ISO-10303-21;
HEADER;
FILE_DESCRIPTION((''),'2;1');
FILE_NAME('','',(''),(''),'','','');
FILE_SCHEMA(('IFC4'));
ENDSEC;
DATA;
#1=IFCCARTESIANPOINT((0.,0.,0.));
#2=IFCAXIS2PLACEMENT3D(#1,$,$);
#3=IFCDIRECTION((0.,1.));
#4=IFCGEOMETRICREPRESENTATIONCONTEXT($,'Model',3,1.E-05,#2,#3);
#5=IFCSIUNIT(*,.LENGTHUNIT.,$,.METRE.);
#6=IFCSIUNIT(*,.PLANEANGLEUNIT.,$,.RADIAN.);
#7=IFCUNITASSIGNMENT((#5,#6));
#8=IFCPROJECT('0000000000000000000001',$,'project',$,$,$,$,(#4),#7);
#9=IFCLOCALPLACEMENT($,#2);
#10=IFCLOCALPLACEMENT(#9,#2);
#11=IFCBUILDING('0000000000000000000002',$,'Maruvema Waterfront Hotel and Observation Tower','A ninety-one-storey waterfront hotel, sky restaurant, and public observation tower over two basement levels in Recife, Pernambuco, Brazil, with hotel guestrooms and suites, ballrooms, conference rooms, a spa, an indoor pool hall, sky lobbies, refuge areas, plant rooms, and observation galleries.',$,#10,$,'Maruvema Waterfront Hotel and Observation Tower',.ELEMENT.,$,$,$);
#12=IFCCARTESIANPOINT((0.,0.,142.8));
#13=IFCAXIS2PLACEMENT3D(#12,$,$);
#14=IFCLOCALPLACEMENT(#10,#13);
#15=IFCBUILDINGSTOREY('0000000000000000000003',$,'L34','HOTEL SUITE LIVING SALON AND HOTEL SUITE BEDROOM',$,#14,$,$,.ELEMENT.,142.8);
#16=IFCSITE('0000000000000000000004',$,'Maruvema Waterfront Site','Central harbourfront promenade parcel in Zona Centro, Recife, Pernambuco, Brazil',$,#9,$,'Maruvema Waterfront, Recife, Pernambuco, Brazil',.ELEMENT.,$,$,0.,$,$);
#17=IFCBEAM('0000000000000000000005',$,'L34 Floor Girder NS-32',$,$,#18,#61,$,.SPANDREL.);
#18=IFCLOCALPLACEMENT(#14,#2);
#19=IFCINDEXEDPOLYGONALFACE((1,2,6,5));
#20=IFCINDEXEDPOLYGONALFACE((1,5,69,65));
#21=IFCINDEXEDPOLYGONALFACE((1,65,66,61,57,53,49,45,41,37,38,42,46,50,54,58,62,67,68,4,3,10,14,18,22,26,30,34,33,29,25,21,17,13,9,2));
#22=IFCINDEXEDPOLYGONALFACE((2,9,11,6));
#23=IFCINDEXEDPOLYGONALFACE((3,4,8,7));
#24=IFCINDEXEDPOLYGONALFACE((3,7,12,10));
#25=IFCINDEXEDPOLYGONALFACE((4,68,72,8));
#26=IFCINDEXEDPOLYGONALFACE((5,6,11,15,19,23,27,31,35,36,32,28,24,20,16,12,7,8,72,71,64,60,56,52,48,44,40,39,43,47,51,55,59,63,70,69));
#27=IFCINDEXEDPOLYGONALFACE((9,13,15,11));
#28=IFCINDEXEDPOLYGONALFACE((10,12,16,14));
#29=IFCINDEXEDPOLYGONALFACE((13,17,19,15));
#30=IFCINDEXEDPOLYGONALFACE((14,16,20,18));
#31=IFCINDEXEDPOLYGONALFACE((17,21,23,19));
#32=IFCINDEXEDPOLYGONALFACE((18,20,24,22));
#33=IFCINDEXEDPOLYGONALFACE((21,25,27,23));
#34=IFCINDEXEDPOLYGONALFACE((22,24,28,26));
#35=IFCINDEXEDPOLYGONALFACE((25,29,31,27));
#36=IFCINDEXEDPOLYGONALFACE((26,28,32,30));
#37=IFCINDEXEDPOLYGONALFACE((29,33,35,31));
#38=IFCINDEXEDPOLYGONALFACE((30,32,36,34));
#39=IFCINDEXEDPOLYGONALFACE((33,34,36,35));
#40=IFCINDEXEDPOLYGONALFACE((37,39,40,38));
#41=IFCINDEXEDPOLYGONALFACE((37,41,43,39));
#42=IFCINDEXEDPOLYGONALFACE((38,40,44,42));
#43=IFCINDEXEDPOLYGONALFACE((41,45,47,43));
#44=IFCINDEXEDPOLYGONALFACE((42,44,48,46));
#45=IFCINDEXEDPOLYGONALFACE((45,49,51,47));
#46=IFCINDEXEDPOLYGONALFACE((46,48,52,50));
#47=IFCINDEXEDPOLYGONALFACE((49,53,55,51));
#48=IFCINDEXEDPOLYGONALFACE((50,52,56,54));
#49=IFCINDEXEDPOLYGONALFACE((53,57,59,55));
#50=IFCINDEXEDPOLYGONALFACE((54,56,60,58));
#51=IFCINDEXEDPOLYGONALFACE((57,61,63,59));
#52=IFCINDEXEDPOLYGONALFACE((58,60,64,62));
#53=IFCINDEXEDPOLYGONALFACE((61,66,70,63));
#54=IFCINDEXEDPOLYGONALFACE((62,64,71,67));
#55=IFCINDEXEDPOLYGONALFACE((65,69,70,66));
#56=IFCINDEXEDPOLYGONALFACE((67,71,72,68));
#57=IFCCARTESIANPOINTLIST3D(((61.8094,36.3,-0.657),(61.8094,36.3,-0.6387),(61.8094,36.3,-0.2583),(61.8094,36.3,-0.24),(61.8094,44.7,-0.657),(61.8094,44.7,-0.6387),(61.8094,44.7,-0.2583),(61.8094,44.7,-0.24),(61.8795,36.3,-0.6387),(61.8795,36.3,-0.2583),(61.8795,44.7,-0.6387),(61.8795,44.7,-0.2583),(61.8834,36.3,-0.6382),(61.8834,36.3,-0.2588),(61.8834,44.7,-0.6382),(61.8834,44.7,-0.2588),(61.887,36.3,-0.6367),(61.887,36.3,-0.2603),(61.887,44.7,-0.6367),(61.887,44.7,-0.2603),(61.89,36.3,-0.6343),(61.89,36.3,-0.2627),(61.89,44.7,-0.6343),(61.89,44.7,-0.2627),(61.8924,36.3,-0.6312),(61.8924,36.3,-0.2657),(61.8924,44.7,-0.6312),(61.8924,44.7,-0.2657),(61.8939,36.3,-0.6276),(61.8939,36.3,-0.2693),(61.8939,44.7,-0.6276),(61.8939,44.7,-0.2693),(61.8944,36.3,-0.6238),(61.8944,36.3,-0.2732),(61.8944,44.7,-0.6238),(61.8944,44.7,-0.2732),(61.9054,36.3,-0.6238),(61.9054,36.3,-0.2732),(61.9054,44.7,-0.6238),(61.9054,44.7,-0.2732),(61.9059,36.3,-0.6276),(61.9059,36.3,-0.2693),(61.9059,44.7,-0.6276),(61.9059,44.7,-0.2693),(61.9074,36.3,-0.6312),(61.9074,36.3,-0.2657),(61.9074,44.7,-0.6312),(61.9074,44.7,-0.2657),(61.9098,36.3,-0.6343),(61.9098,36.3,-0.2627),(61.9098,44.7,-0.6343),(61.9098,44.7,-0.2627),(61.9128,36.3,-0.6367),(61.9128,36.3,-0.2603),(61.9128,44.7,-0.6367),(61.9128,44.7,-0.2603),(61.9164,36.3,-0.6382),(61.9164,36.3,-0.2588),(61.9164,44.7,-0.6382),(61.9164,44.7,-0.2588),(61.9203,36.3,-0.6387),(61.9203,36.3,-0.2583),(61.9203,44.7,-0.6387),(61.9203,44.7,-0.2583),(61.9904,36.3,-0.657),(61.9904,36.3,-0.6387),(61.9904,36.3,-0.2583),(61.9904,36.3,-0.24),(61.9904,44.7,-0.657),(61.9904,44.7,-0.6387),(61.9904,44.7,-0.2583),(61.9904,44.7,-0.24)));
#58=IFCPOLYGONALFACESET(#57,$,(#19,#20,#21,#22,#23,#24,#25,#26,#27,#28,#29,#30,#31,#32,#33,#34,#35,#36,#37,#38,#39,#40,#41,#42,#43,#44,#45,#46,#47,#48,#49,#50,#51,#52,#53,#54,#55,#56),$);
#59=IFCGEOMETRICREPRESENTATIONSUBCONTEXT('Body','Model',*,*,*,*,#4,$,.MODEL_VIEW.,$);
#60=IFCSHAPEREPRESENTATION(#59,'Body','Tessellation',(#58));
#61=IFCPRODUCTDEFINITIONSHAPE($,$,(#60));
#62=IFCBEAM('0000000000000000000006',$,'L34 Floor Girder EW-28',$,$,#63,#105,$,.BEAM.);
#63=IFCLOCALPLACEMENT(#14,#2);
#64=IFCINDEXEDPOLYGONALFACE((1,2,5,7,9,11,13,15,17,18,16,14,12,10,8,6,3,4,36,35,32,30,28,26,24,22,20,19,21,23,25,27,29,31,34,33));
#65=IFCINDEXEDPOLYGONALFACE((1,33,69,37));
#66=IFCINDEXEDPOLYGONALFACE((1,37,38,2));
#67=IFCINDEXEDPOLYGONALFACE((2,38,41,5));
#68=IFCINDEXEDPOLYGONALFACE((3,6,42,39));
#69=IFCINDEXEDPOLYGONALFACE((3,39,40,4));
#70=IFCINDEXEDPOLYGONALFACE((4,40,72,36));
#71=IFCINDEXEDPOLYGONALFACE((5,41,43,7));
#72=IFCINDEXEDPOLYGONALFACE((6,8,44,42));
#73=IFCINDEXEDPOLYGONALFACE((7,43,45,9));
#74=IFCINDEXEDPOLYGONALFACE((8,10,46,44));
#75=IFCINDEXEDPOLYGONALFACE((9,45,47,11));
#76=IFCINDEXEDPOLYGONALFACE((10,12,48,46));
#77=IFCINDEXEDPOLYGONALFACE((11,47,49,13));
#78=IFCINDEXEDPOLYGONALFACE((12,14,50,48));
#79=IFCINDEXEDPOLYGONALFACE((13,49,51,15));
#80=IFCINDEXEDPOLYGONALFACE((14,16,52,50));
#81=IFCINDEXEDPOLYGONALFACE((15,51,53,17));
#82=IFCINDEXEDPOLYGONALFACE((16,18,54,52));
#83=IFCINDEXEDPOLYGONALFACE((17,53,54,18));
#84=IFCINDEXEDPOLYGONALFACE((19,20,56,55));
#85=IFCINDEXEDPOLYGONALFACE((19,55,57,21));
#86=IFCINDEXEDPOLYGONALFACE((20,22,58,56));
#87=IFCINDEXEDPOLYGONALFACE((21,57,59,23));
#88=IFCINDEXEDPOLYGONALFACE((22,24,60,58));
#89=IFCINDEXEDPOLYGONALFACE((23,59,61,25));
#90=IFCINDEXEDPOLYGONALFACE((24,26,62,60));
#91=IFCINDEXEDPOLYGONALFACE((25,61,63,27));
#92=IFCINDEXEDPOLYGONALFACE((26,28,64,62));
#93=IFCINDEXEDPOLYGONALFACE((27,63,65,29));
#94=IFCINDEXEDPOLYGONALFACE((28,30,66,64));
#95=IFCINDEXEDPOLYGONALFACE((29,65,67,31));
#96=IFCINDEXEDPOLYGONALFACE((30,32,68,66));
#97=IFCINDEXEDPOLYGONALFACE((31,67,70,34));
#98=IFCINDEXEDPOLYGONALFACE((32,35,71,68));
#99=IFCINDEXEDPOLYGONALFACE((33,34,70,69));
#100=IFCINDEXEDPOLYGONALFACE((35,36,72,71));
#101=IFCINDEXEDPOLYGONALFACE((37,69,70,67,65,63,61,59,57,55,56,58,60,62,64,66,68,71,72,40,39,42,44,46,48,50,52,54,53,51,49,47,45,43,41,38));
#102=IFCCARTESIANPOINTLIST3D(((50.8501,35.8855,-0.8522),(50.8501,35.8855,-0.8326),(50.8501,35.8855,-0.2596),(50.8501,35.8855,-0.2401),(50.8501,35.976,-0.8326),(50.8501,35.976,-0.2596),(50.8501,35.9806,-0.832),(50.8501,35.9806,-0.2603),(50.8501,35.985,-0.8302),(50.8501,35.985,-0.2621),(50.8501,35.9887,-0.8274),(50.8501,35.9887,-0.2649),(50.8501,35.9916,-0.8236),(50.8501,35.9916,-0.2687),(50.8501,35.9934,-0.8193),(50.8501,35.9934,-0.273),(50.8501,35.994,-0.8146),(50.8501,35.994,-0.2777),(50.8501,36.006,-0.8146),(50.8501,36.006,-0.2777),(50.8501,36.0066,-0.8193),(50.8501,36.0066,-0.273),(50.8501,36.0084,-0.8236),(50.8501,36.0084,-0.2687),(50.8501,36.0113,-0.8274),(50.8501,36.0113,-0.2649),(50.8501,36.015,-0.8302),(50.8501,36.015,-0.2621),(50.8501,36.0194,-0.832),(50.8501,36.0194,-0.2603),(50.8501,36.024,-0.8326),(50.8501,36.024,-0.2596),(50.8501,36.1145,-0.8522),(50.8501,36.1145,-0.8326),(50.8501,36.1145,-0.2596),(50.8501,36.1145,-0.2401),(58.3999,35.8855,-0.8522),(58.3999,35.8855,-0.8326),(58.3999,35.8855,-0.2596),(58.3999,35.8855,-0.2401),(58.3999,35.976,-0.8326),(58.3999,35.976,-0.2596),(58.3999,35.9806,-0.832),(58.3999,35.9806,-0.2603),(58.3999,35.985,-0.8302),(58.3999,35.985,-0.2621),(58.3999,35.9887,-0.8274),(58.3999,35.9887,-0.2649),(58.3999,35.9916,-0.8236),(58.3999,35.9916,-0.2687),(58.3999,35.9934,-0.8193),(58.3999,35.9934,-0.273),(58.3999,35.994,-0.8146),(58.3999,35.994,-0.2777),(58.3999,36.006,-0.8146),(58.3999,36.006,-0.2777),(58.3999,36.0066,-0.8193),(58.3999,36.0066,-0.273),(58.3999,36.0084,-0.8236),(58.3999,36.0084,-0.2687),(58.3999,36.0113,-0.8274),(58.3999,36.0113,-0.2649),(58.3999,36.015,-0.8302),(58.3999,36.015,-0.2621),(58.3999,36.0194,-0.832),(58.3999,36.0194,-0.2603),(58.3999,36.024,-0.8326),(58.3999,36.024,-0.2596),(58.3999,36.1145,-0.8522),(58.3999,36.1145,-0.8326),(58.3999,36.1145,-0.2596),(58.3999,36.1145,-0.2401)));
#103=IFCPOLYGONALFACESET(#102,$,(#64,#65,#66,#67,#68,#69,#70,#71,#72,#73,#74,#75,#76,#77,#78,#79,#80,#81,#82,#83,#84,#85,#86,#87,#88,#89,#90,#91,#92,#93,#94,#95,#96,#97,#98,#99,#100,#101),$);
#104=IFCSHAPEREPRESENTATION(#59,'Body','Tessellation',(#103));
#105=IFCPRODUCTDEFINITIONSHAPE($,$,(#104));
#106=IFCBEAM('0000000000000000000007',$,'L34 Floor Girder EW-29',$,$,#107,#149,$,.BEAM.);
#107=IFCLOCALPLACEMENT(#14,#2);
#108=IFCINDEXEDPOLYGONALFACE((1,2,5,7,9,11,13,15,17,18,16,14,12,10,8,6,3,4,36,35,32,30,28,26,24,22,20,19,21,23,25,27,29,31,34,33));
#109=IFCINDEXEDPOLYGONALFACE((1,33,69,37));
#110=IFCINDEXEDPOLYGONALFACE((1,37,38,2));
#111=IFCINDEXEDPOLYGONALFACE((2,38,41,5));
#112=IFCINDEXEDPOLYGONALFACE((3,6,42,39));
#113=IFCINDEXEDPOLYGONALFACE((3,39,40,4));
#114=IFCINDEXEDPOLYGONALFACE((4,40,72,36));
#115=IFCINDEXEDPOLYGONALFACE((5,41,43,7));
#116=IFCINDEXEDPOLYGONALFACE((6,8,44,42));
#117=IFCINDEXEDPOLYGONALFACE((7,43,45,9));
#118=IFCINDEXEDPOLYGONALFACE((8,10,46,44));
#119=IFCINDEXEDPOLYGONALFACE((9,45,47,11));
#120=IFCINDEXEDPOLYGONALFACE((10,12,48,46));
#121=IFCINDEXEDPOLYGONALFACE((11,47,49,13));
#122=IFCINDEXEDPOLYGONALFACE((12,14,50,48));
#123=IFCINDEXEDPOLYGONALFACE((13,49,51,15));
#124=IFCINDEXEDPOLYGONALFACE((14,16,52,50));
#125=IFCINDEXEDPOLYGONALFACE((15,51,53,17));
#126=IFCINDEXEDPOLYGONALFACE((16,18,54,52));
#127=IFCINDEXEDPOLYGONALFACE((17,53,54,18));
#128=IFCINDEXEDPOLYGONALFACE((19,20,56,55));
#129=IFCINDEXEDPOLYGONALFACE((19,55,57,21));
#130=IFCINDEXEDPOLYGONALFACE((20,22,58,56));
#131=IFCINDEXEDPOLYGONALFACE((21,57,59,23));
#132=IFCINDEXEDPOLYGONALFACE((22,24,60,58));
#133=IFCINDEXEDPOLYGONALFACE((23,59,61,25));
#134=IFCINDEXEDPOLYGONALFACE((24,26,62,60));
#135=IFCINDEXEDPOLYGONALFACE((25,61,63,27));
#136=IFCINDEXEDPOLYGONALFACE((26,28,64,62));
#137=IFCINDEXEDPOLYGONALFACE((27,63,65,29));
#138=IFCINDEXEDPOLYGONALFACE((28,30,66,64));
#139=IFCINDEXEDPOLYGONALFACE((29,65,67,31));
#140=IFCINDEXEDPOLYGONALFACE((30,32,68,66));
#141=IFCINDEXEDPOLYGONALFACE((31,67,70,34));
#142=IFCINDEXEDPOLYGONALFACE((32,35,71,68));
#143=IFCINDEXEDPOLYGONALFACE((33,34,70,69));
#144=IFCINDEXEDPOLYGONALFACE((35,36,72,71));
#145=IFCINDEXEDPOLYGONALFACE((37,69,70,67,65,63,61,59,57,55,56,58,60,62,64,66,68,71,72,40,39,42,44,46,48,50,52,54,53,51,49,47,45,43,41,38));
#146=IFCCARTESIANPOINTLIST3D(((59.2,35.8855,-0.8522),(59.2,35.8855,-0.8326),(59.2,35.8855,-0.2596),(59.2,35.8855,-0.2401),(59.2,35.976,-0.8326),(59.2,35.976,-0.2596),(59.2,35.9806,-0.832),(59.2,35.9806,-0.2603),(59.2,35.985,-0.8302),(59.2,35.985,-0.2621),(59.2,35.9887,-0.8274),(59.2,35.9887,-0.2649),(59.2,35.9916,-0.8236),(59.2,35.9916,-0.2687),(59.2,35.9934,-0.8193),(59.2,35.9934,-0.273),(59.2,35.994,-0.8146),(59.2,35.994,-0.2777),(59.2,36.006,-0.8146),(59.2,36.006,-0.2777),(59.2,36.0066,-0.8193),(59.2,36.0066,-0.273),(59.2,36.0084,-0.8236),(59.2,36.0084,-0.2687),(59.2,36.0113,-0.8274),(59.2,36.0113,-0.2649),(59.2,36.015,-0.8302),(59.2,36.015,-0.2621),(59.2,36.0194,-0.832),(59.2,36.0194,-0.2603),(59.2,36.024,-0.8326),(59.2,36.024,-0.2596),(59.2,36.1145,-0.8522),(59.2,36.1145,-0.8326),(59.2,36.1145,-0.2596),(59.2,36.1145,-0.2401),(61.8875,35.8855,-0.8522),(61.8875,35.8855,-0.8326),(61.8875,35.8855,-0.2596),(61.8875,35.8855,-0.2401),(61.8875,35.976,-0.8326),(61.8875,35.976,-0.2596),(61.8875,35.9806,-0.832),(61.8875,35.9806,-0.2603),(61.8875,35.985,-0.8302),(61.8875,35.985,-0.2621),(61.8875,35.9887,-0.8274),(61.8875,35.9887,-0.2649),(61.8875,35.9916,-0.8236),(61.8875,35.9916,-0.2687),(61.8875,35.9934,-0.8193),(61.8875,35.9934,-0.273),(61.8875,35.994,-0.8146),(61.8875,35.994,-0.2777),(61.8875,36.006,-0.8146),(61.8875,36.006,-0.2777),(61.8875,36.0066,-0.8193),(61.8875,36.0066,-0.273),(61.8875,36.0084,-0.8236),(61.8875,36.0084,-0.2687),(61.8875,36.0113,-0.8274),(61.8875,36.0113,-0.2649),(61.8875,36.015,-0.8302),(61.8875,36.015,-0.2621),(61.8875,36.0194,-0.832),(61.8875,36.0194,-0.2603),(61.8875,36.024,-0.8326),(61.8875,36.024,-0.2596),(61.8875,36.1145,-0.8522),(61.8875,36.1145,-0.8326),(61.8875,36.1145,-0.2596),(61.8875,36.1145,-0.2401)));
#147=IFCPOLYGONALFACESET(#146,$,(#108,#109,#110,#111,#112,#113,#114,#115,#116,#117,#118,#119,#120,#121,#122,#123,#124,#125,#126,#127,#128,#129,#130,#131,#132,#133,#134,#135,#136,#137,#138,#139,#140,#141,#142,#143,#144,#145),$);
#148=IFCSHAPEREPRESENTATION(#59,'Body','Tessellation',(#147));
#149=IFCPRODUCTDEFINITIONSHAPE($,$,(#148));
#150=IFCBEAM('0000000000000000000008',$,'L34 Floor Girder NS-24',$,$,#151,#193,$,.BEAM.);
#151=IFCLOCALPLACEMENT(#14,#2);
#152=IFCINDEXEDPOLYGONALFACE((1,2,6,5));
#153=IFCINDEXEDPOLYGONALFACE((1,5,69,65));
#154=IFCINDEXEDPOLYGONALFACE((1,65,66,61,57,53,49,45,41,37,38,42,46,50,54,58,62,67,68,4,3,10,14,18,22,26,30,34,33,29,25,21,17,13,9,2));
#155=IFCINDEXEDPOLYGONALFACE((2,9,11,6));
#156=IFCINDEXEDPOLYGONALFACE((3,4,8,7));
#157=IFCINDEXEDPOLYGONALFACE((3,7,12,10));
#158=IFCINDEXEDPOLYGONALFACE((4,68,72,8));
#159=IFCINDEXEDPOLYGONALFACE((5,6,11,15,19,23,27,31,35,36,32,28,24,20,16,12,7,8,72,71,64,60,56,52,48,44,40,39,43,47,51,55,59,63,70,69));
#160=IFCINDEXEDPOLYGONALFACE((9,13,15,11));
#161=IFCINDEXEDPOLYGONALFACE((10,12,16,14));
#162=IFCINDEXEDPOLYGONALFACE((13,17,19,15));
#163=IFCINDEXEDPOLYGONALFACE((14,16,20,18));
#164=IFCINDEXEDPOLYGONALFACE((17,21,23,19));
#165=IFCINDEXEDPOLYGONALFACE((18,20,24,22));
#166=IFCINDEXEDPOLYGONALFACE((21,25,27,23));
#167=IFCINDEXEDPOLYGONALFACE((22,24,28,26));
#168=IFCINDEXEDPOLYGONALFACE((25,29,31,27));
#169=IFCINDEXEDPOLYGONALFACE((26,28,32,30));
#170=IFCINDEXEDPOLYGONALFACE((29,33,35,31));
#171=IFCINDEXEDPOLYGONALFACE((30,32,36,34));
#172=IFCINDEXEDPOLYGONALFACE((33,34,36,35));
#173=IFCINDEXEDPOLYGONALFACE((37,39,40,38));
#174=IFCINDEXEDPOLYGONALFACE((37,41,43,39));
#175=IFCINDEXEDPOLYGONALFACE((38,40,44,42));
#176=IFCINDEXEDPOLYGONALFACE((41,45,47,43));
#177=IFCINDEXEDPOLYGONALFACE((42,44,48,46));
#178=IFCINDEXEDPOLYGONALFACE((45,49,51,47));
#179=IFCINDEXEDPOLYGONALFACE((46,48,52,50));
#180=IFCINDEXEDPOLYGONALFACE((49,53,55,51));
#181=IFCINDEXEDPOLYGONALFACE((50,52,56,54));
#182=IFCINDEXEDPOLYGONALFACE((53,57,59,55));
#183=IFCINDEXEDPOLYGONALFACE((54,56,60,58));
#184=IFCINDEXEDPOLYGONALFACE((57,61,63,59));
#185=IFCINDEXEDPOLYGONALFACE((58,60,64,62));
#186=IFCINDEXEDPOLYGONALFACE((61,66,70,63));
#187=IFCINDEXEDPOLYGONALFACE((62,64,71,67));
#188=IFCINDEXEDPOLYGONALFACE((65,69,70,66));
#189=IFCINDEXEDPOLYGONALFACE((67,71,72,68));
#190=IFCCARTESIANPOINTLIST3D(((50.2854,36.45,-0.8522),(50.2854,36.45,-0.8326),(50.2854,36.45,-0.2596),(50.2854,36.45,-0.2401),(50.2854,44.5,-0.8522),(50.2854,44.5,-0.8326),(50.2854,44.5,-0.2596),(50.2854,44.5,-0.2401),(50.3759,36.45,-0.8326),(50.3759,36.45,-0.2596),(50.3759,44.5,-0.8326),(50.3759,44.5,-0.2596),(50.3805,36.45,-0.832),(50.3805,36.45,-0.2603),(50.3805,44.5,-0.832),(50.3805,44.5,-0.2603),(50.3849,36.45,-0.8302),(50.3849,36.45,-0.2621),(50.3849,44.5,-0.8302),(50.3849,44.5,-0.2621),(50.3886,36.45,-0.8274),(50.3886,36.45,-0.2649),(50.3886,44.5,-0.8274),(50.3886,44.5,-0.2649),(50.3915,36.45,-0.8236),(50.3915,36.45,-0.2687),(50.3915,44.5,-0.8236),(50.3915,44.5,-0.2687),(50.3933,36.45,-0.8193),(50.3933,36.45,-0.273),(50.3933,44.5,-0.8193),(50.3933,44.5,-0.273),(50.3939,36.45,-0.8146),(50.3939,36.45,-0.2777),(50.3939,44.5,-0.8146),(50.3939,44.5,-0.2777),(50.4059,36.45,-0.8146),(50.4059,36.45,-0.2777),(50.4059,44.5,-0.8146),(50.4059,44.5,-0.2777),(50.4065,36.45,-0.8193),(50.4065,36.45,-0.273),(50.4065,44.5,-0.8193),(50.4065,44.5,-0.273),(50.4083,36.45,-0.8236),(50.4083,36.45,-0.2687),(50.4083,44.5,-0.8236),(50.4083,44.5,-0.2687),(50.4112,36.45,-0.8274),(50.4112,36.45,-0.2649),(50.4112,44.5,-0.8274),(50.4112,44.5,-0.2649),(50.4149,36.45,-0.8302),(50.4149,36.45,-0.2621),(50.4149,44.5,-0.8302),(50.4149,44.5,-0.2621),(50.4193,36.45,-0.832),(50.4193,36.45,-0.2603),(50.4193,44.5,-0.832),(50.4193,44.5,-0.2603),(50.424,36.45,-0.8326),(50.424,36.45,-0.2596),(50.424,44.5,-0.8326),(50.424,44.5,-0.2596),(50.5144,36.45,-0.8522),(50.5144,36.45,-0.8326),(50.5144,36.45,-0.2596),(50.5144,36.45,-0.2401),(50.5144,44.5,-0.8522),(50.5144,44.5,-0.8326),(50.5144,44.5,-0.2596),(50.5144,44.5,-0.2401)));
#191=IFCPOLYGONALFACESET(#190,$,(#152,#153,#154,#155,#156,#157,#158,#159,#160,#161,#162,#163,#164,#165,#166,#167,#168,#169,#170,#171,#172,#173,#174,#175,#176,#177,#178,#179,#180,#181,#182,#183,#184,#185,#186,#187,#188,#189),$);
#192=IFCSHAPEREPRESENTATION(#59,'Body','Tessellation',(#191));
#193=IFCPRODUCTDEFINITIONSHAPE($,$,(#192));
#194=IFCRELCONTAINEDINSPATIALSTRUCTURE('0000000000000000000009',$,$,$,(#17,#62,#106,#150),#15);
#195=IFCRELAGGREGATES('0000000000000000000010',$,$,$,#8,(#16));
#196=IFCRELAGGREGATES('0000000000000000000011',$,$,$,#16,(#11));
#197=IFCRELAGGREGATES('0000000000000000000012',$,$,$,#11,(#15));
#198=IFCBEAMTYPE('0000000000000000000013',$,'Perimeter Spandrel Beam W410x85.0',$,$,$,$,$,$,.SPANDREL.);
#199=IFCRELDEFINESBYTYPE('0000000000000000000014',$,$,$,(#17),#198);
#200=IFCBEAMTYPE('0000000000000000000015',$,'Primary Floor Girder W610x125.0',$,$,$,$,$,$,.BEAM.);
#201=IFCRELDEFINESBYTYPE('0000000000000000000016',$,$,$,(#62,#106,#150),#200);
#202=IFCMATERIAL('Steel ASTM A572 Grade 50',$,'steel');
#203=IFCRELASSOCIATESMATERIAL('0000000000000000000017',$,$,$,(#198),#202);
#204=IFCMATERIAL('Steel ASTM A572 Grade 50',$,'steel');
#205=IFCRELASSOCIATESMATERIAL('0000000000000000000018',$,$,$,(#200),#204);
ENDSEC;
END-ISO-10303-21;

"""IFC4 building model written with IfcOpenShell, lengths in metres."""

from ifc_helpers import new_model, si_unit, direction, frame, origin, origin_2d, place, context, subcontext, project, spatial, i_section, extrude, material, material_profile, profile_set, type_object, element, save


model = new_model("IFC4")

# Units and contexts
model_context = context("Model", 3, precision=1e-05, world=origin(), true_north=direction((0.0, 1.0)))
body_context = subcontext(model_context, "Body", "Model", "MODEL_VIEW")
ifc_project = project(units=[si_unit("LENGTHUNIT", "METRE"), si_unit("PLANEANGLEUNIT", "RADIAN")], contexts=[model_context])

# Site, building, storey
site_placement = place(None, origin())
site = spatial("IfcSite", under=ifc_project, at=site_placement, Name="Maruvema Waterfront Site", Description="Central harbourfront promenade parcel in Zona Centro, Recife, Pernambuco, Brazil", LongName="Maruvema Waterfront, Recife, Pernambuco, Brazil", CompositionType="ELEMENT", RefElevation=0.0)
building_placement = place(site_placement, origin())
building = spatial("IfcBuilding", under=site, at=building_placement, Name="Maruvema Waterfront Hotel and Observation Tower", Description="A ninety-one-storey waterfront hotel, sky restaurant, and public observation tower over two basement levels in Recife, Pernambuco, Brazil, with hotel guestrooms and suites, ballrooms, conference rooms, a spa, an indoor pool hall, sky lobbies, refuge areas, plant rooms, and observation galleries.", LongName="Maruvema Waterfront Hotel and Observation Tower", CompositionType="ELEMENT")
storey_placement = place(building_placement, frame((0.0, 0.0, 142.8)))
storey = spatial("IfcBuildingStorey", under=building, at=storey_placement, Name="L34", Description="HOTEL SUITE LIVING SALON AND HOTEL SUITE BEDROOM", CompositionType="ELEMENT", Elevation=142.8)

# Beams
ifc_material_1 = material(Name="Steel ASTM A572 Grade 50", Category="steel")
ifc_material_profile_1 = material_profile(ifc_material_1, i_section(OverallWidth=0.1809, OverallDepth=0.417, WebThickness=0.011, FlangeThickness=0.0183, FilletRadius=0.0149, at=origin_2d()), Name="W410x85.0")
ifc_profile_set_1 = profile_set([ifc_material_profile_1], Name="Steel ASTM A572 Grade 50")
beam_type_1 = type_object("IfcBeamType", Name="Perimeter Spandrel Beam W410x85.0", PredefinedType="SPANDREL", material=ifc_profile_set_1)
beam_1_placement = place(storey_placement, frame((61.8999, 36.3, -0.4485), z_axis=(0.0, 1.0, 0.0), x_axis=(-1.0, 0.0, 0.0)))
element("IfcBeam", 1, at=beam_1_placement, inside=storey, type_object=beam_type_1, Name="L34 Floor Girder NS-32", PredefinedType="SPANDREL", context=body_context, shape_type="SweptSolid", body=[
    extrude(i_section(OverallWidth=0.1809, OverallDepth=0.417, WebThickness=0.011, FlangeThickness=0.0183, FilletRadius=0.0149, at=origin_2d()), origin(), (0.0, 0.0, 1.0), 8.3999),
])
ifc_material_2 = material(Name="Steel ASTM A572 Grade 50", Category="steel")
ifc_material_profile_2 = material_profile(ifc_material_2, i_section(OverallWidth=0.229, OverallDepth=0.6121, WebThickness=0.012, FlangeThickness=0.0195, FilletRadius=0.0181, at=origin_2d()), Name="W610x125.0")
ifc_profile_set_2 = profile_set([ifc_material_profile_2], Name="Steel ASTM A572 Grade 50")
beam_type_2 = type_object("IfcBeamType", Name="Primary Floor Girder W610x125.0", PredefinedType="BEAM", material=ifc_profile_set_2)
beam_2_placement = place(storey_placement, frame((50.8501, 36.0, -0.5461), z_axis=(1.0, 0.0, 0.0), x_axis=(0.0, 1.0, 0.0)))
element("IfcBeam", 2, at=beam_2_placement, inside=storey, type_object=beam_type_2, Name="L34 Floor Girder EW-28", PredefinedType="BEAM", context=body_context, shape_type="SweptSolid", body=[
    extrude(i_section(OverallWidth=0.229, OverallDepth=0.6121, WebThickness=0.012, FlangeThickness=0.0195, FilletRadius=0.0181, at=origin_2d()), origin(), (0.0, 0.0, 1.0), 7.5498),
])
beam_3_placement = place(storey_placement, frame((59.2, 36.0, -0.5461), z_axis=(1.0, 0.0, 0.0), x_axis=(0.0, 1.0, 0.0)))
element("IfcBeam", 3, at=beam_3_placement, inside=storey, type_object=beam_type_2, Name="L34 Floor Girder EW-29", PredefinedType="BEAM", context=body_context, shape_type="SweptSolid", body=[
    extrude(i_section(OverallWidth=0.229, OverallDepth=0.6121, WebThickness=0.012, FlangeThickness=0.0195, FilletRadius=0.0181, at=origin_2d()), origin(), (0.0, 0.0, 1.0), 2.6875),
])
beam_4_placement = place(storey_placement, frame((50.3999, 36.45, -0.5461), z_axis=(0.0, 1.0, 0.0), x_axis=(-1.0, 0.0, 0.0)))
element("IfcBeam", 4, at=beam_4_placement, inside=storey, type_object=beam_type_2, Name="L34 Floor Girder NS-24", PredefinedType="BEAM", context=body_context, shape_type="SweptSolid", body=[
    extrude(i_section(OverallWidth=0.229, OverallDepth=0.6121, WebThickness=0.012, FlangeThickness=0.0195, FilletRadius=0.0181, at=origin_2d()), origin(), (0.0, 0.0, 1.0), 8.05),
])

save(model, "model.ifc")
